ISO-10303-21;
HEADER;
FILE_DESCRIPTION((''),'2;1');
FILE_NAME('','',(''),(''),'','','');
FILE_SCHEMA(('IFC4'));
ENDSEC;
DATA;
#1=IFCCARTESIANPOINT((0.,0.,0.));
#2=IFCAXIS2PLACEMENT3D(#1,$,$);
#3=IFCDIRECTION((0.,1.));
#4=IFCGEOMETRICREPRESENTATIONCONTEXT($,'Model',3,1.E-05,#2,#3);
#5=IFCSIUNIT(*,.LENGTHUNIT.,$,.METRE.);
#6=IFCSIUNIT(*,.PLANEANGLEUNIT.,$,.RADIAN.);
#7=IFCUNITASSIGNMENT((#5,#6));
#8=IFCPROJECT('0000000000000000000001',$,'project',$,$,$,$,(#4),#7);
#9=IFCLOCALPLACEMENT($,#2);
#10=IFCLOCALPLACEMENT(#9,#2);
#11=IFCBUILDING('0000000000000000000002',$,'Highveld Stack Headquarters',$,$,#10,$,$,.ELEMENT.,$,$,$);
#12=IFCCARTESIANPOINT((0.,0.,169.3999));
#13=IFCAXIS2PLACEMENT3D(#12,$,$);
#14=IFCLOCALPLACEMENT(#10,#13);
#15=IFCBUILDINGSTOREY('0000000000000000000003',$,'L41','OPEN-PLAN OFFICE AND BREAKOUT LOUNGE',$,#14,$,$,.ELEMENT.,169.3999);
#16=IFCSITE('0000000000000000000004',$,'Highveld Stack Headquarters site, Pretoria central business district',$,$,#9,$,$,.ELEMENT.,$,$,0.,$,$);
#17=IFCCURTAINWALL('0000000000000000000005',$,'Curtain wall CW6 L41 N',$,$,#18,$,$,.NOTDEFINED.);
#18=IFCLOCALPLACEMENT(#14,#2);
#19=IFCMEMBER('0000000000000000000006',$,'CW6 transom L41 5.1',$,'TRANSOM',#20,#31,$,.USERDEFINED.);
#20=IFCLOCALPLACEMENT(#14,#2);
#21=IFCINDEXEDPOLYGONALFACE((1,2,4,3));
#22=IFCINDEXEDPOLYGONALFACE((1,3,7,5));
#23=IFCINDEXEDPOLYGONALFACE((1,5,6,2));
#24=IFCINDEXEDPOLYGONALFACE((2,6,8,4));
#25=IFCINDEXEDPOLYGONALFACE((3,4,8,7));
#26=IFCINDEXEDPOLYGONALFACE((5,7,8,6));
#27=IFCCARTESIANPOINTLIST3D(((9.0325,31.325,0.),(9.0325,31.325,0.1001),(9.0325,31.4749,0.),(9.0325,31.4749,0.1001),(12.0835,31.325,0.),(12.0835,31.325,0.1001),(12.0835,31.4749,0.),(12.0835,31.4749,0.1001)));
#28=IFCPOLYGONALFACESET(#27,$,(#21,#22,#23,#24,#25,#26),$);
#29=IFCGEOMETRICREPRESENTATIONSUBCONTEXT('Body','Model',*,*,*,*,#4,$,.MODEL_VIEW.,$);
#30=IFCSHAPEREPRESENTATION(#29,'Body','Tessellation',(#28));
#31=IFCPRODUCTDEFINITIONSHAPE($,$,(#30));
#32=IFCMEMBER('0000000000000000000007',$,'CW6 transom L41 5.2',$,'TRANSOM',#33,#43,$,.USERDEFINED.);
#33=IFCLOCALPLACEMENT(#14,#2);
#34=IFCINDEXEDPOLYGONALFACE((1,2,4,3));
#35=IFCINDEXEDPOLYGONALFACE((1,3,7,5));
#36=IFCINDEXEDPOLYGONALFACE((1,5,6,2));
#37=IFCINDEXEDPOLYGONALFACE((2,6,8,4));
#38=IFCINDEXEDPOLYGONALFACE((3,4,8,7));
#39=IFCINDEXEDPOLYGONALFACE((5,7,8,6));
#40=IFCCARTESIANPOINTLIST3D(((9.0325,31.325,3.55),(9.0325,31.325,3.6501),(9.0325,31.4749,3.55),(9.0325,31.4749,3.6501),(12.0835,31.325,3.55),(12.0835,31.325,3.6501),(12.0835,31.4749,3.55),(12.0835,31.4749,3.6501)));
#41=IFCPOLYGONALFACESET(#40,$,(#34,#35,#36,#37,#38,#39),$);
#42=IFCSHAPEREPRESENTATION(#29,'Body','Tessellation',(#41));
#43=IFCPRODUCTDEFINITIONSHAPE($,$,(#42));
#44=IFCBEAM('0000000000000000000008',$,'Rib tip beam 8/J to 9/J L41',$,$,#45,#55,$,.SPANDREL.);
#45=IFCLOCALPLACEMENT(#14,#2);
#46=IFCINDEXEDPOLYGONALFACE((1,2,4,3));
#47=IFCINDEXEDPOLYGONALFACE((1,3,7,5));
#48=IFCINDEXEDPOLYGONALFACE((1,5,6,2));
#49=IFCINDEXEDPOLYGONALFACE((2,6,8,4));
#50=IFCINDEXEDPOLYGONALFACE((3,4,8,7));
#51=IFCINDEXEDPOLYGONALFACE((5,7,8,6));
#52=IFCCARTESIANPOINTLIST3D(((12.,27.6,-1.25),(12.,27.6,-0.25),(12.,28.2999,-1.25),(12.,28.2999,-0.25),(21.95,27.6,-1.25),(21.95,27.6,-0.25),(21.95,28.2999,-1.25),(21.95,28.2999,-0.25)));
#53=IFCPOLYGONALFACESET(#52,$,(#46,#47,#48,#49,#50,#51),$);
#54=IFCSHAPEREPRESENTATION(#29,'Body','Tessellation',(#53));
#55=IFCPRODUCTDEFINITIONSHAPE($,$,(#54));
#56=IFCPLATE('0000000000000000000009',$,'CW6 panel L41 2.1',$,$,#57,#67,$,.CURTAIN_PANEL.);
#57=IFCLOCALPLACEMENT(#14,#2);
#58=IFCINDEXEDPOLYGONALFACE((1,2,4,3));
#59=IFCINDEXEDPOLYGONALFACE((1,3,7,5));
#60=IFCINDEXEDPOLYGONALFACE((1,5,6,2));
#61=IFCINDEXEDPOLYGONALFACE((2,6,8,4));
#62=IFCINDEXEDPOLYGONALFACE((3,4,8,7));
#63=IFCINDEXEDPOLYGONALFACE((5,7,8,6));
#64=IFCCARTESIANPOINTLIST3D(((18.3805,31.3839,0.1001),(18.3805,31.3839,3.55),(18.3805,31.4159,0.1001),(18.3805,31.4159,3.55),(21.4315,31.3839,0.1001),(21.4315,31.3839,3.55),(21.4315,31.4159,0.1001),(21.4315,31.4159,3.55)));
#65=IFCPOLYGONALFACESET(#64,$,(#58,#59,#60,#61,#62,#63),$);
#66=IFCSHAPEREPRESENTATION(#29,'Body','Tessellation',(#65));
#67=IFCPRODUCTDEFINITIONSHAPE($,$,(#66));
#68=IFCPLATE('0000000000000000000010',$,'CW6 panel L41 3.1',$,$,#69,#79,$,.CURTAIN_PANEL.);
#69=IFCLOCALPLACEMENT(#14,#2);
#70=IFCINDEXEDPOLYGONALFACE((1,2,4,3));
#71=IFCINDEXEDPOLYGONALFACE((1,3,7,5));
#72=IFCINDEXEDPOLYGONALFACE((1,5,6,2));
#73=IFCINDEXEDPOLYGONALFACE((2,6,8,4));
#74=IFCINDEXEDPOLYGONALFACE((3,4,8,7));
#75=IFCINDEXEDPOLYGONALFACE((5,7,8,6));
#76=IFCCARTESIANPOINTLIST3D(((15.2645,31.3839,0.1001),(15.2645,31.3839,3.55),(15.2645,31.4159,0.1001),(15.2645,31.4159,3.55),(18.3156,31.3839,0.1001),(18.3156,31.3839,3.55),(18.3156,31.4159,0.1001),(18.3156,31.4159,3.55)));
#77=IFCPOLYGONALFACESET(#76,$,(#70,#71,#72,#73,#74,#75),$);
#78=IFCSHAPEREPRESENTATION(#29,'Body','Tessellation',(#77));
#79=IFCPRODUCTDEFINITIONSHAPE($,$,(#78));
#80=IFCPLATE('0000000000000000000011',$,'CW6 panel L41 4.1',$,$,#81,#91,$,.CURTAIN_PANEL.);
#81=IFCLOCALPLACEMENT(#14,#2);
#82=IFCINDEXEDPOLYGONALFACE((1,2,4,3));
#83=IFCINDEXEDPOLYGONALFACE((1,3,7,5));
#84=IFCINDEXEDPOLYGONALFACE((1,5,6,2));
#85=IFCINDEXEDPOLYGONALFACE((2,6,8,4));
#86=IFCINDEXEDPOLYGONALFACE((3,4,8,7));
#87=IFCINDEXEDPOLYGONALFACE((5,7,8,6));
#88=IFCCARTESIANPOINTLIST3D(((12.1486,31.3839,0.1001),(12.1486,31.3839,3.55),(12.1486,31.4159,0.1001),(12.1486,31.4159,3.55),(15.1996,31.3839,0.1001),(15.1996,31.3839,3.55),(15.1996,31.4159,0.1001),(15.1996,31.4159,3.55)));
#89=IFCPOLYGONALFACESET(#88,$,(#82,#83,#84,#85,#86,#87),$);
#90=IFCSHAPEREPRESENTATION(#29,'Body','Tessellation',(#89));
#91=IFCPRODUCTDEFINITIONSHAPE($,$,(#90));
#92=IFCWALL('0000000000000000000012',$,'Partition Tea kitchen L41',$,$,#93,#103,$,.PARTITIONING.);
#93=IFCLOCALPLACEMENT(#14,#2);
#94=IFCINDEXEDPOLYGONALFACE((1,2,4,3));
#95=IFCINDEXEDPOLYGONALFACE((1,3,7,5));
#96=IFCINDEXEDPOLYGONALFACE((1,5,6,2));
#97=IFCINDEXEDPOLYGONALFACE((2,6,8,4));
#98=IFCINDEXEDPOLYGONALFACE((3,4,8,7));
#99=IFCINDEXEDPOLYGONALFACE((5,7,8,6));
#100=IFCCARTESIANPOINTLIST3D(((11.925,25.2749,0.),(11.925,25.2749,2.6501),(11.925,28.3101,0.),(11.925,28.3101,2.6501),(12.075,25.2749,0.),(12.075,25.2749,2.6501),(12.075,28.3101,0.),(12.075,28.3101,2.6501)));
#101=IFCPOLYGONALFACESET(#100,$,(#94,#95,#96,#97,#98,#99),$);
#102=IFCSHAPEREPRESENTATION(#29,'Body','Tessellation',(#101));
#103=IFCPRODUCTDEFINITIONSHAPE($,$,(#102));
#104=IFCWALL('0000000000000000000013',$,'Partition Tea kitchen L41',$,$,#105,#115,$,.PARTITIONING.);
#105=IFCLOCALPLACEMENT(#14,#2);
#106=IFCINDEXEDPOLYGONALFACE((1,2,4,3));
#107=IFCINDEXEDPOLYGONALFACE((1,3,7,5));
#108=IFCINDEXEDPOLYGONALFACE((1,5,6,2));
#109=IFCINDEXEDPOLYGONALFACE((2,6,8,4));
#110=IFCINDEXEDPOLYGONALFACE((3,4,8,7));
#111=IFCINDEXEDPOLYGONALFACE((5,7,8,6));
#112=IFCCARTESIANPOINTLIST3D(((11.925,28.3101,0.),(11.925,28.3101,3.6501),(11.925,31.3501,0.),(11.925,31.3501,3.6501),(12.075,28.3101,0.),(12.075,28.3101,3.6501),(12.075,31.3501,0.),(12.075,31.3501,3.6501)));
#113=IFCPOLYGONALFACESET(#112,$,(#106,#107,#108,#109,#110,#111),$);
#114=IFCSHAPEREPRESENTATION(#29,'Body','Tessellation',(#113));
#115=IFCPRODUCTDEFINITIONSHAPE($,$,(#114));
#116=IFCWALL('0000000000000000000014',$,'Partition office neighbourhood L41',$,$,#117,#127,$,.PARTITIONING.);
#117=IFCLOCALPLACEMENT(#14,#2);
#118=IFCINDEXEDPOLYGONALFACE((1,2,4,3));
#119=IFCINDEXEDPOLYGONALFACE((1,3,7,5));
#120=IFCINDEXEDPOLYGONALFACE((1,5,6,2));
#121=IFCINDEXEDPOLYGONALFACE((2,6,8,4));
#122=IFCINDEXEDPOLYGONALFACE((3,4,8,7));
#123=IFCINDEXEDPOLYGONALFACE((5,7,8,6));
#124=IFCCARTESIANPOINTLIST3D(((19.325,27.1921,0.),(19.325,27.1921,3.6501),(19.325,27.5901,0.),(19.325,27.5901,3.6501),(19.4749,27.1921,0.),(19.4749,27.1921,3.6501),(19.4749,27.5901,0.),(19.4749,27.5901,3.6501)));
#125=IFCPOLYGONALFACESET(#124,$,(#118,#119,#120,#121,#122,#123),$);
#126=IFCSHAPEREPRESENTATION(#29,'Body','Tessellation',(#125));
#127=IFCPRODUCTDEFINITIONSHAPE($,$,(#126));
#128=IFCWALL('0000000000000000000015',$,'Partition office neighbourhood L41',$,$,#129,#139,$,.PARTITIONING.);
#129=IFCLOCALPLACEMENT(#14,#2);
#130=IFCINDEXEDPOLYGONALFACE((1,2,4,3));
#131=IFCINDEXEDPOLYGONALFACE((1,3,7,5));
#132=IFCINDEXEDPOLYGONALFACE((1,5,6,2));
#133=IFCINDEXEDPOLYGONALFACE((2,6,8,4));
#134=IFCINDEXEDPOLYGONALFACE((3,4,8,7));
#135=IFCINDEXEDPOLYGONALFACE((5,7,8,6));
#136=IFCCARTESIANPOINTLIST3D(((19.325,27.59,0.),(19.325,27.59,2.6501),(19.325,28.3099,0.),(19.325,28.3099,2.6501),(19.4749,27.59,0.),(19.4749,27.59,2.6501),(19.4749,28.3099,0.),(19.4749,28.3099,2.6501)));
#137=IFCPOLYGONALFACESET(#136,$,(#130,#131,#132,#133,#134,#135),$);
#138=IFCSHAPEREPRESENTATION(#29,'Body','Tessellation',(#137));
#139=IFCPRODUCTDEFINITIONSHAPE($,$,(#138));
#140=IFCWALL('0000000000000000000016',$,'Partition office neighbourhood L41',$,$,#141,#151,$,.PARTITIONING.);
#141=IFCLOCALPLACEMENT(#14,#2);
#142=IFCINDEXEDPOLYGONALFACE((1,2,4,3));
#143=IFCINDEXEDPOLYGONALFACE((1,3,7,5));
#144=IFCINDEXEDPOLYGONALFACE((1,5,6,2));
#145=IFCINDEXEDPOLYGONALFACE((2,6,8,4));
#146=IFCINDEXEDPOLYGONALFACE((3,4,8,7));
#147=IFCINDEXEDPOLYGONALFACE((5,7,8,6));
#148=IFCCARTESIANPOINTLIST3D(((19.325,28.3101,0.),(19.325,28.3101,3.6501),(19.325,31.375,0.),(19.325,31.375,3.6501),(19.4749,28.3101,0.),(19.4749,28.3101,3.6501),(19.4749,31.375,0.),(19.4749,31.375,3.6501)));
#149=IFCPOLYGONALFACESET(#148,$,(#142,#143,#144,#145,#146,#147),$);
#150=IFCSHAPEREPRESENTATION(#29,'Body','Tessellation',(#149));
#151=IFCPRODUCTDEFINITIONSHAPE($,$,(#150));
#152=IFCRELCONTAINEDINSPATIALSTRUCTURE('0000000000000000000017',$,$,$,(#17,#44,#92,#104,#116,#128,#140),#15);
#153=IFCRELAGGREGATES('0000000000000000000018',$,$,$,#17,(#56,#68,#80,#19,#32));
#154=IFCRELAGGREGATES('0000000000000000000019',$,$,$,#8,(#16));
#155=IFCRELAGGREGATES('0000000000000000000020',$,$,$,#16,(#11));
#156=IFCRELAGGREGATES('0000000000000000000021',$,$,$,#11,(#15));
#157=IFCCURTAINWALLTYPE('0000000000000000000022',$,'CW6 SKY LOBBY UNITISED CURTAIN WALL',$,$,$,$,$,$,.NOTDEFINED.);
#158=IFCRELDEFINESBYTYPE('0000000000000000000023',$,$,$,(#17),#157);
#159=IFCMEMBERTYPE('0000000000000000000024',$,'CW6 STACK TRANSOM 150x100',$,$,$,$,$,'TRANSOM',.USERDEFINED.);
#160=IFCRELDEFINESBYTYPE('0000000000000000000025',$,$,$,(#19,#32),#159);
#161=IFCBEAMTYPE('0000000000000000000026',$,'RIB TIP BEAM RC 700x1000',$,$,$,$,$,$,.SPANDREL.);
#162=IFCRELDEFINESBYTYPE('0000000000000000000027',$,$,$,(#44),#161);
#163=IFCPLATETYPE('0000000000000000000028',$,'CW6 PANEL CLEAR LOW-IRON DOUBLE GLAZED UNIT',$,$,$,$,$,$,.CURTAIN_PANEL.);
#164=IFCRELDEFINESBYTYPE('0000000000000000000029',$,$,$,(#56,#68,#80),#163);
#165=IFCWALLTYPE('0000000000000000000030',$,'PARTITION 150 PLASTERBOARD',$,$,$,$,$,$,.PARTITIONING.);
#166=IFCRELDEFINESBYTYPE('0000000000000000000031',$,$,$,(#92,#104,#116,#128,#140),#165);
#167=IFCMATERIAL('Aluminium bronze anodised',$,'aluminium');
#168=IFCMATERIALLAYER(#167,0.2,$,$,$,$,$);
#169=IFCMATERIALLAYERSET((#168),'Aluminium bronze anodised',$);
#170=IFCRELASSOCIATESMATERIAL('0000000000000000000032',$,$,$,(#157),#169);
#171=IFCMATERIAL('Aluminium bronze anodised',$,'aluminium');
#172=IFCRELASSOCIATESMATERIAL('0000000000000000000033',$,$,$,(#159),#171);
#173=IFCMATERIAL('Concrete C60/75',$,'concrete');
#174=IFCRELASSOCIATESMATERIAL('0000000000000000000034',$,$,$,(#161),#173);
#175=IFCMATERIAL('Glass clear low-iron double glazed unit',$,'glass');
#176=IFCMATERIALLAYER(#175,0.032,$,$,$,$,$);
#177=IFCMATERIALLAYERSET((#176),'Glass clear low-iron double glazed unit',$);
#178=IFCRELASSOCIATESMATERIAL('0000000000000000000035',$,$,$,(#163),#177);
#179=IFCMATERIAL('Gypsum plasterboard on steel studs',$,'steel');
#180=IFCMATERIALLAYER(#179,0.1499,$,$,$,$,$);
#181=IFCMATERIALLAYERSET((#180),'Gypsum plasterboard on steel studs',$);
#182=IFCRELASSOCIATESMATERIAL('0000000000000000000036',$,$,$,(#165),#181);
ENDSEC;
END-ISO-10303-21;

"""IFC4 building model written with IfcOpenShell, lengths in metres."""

from ifc_helpers import new_model, si_unit, direction, frame, frame_2d, origin, origin_2d, place, context, subcontext, project, spatial, rectangle, extrude, material, layer, layer_set, material_profile, profile_set, type_object, element, aggregate, save


model = new_model("IFC4")

# Units and contexts
model_context = context("Model", 3, precision=1e-05, world=origin(), true_north=direction((0.0, 1.0)))
body_context = subcontext(model_context, "Body", "Model", "MODEL_VIEW")
ifc_project = project(units=[si_unit("LENGTHUNIT", "METRE"), si_unit("PLANEANGLEUNIT", "RADIAN")], contexts=[model_context])

# Site, building, storey
site_placement = place(None, origin())
site = spatial("IfcSite", under=ifc_project, at=site_placement, Name="Highveld Stack Headquarters site, Pretoria central business district", CompositionType="ELEMENT", RefElevation=0.0)
building_placement = place(site_placement, origin())
building = spatial("IfcBuilding", under=site, at=building_placement, Name="Highveld Stack Headquarters", CompositionType="ELEMENT")
storey_placement = place(building_placement, frame((0.0, 0.0, 169.3999)))
storey = spatial("IfcBuildingStorey", under=building, at=storey_placement, Name="L41", Description="OPEN-PLAN OFFICE AND BREAKOUT LOUNGE", CompositionType="ELEMENT", Elevation=169.3999)

# Curtain wall, members
ifc_material_1 = material(Name="Aluminium bronze anodised", Category="aluminium")
ifc_layer_1 = layer(ifc_material_1, 0.2)
ifc_layer_set_1 = layer_set([ifc_layer_1], Name="Aluminium bronze anodised")
curtain_wall_type = type_object("IfcCurtainWallType", Name="CW6 SKY LOBBY UNITISED CURTAIN WALL", PredefinedType="NOTDEFINED", material=ifc_layer_set_1)
curtain_wall_placement = place(storey_placement, origin())
curtain_wall = element("IfcCurtainWall", 1, at=curtain_wall_placement, inside=storey, type_object=curtain_wall_type, Name="Curtain wall CW6 L41 N", PredefinedType="NOTDEFINED")
ifc_material_2 = material(Name="Aluminium bronze anodised", Category="aluminium")
ifc_material_profile_1 = material_profile(ifc_material_2, rectangle(XDim=0.1499, YDim=0.1001, at=origin_2d()), Name="CW6 TRANSOM 150x100")
ifc_profile_set_1 = profile_set([ifc_material_profile_1], Name="Aluminium bronze anodised")
member_type_1 = type_object("IfcMemberType", Name="CW6 STACK TRANSOM 150x100", ElementType="TRANSOM", PredefinedType="USERDEFINED", material=ifc_profile_set_1)
member_1_placement = place(storey_placement, frame((12.0835, 31.3999, 0.05), z_axis=(-1.0, 0.0, 0.0), x_axis=(0.0, -1.0, 0.0)))
member_1 = element("IfcMember", 2, at=member_1_placement, type_object=member_type_1, Name="CW6 transom L41 5.1", ObjectType="TRANSOM", PredefinedType="USERDEFINED", context=body_context, shape_type="SweptSolid", body=[
    extrude(rectangle(XDim=0.1499, YDim=0.1001, at=origin_2d()), origin(), (0.0, 0.0, 1.0), 3.051),
])
member_2_placement = place(storey_placement, frame((12.0835, 31.3999, 3.6001), z_axis=(-1.0, 0.0, 0.0), x_axis=(0.0, -1.0, 0.0)))
member_2 = element("IfcMember", 3, at=member_2_placement, type_object=member_type_1, Name="CW6 transom L41 5.2", ObjectType="TRANSOM", PredefinedType="USERDEFINED", context=body_context, shape_type="SweptSolid", body=[
    extrude(rectangle(XDim=0.1499, YDim=0.1001, at=origin_2d()), origin(), (0.0, 0.0, 1.0), 3.051),
])

# Beam
ifc_material_3 = material(Name="Concrete C60/75", Category="concrete")
ifc_material_profile_2 = material_profile(ifc_material_3, rectangle(XDim=0.7, YDim=1.0, at=origin_2d()), Name="RC 700x1000")
ifc_profile_set_2 = profile_set([ifc_material_profile_2], Name="Concrete C60/75")
beam_type = type_object("IfcBeamType", Name="RIB TIP BEAM RC 700x1000", PredefinedType="SPANDREL", material=ifc_profile_set_2)
beam_placement = place(storey_placement, frame((12.0, 27.95, -0.75), z_axis=(1.0, 0.0, 0.0), x_axis=(0.0, 1.0, 0.0)))
element("IfcBeam", 4, at=beam_placement, inside=storey, type_object=beam_type, Name="Rib tip beam 8/J to 9/J L41", PredefinedType="SPANDREL", context=body_context, shape_type="SweptSolid", body=[
    extrude(rectangle(XDim=0.7, YDim=1.0, at=origin_2d()), origin(), (0.0, 0.0, 1.0), 9.95),
])

# Plates
ifc_material_4 = material(Name="Glass clear low-iron double glazed unit", Category="glass")
ifc_layer_2 = layer(ifc_material_4, 0.032)
ifc_layer_set_2 = layer_set([ifc_layer_2], Name="Glass clear low-iron double glazed unit")
plate_type = type_object("IfcPlateType", Name="CW6 PANEL CLEAR LOW-IRON DOUBLE GLAZED UNIT", PredefinedType="CURTAIN_PANEL", material=ifc_layer_set_2)
plate_1_placement = place(storey_placement, frame((19.906, 31.3999, 0.1001), z_axis=(0.0, 0.0, 1.0), x_axis=(-1.0, 0.0, 0.0)))
plate_1 = element("IfcPlate", 5, at=plate_1_placement, type_object=plate_type, Name="CW6 panel L41 2.1", PredefinedType="CURTAIN_PANEL", context=body_context, shape_type="SweptSolid", body=[
    extrude(rectangle(XDim=3.051, YDim=0.032, at=origin_2d()), origin(), (0.0, 0.0, 1.0), 3.45),
])
plate_2_placement = place(storey_placement, frame((16.79, 31.3999, 0.1001), z_axis=(0.0, 0.0, 1.0), x_axis=(-1.0, 0.0, 0.0)))
plate_2 = element("IfcPlate", 6, at=plate_2_placement, type_object=plate_type, Name="CW6 panel L41 3.1", PredefinedType="CURTAIN_PANEL", context=body_context, shape_type="SweptSolid", body=[
    extrude(rectangle(XDim=3.051, YDim=0.032, at=origin_2d()), origin(), (0.0, 0.0, 1.0), 3.45),
])
plate_3_placement = place(storey_placement, frame((13.6741, 31.3999, 0.1001), z_axis=(0.0, 0.0, 1.0), x_axis=(-1.0, 0.0, 0.0)))
plate_3 = element("IfcPlate", 7, at=plate_3_placement, type_object=plate_type, Name="CW6 panel L41 4.1", PredefinedType="CURTAIN_PANEL", context=body_context, shape_type="SweptSolid", body=[
    extrude(rectangle(XDim=3.051, YDim=0.032, at=origin_2d()), origin(), (0.0, 0.0, 1.0), 3.45),
])
aggregate(curtain_wall, [plate_1, plate_2, plate_3, member_1, member_2])

# Walls
ifc_material_5 = material(Name="Gypsum plasterboard on steel studs", Category="steel")
ifc_layer_3 = layer(ifc_material_5, 0.1499)
ifc_layer_set_3 = layer_set([ifc_layer_3], Name="Gypsum plasterboard on steel studs")
wall_type = type_object("IfcWallType", Name="PARTITION 150 PLASTERBOARD", PredefinedType="PARTITIONING", material=ifc_layer_set_3)
wall_1_placement = place(storey_placement, frame((12.0, 25.2749, 0.0), z_axis=(0.0, 0.0, 1.0), x_axis=(0.0, 1.0, 0.0)))
element("IfcWall", 8, at=wall_1_placement, inside=storey, type_object=wall_type, Name="Partition Tea kitchen L41", PredefinedType="PARTITIONING", context=body_context, shape_type="SweptSolid", body=[
    extrude(rectangle(XDim=3.0352, YDim=0.1499, at=frame_2d((1.5176, 0.0))), origin(), (0.0, 0.0, 1.0), 2.6501),
])
wall_2_placement = place(storey_placement, frame((12.0, 28.3101, 0.0), z_axis=(0.0, 0.0, 1.0), x_axis=(0.0, 1.0, 0.0)))
element("IfcWall", 9, at=wall_2_placement, inside=storey, type_object=wall_type, Name="Partition Tea kitchen L41", PredefinedType="PARTITIONING", context=body_context, shape_type="SweptSolid", body=[
    extrude(rectangle(XDim=3.04, YDim=0.1499, at=frame_2d((1.52, 0.0))), origin(), (0.0, 0.0, 1.0), 3.6501),
])
wall_3_placement = place(storey_placement, frame((19.3999, 27.1921, 0.0), z_axis=(0.0, 0.0, 1.0), x_axis=(0.0, 1.0, 0.0)))
element("IfcWall", 10, at=wall_3_placement, inside=storey, type_object=wall_type, Name="Partition office neighbourhood L41", PredefinedType="PARTITIONING", context=body_context, shape_type="SweptSolid", body=[
    extrude(rectangle(XDim=0.3979, YDim=0.1499, at=frame_2d((0.199, 0.0))), origin(), (0.0, 0.0, 1.0), 3.6501),
])
wall_4_placement = place(storey_placement, frame((19.3999, 27.5901, 0.0), z_axis=(0.0, 0.0, 1.0), x_axis=(0.0, 1.0, 0.0)))
element("IfcWall", 11, at=wall_4_placement, inside=storey, type_object=wall_type, Name="Partition office neighbourhood L41", PredefinedType="PARTITIONING", context=body_context, shape_type="SweptSolid", body=[
    extrude(rectangle(XDim=0.72, YDim=0.1499, at=frame_2d((0.3599, 0.0))), origin(), (0.0, 0.0, 1.0), 2.6501),
])
wall_5_placement = place(storey_placement, frame((19.3999, 28.3101, 0.0), z_axis=(0.0, 0.0, 1.0), x_axis=(0.0, 1.0, 0.0)))
element("IfcWall", 12, at=wall_5_placement, inside=storey, type_object=wall_type, Name="Partition office neighbourhood L41", PredefinedType="PARTITIONING", context=body_context, shape_type="SweptSolid", body=[
    extrude(rectangle(XDim=3.0649, YDim=0.1499, at=frame_2d((1.5325, 0.0))), origin(), (0.0, 0.0, 1.0), 3.6501),
])

save(model, "model.ifc")
